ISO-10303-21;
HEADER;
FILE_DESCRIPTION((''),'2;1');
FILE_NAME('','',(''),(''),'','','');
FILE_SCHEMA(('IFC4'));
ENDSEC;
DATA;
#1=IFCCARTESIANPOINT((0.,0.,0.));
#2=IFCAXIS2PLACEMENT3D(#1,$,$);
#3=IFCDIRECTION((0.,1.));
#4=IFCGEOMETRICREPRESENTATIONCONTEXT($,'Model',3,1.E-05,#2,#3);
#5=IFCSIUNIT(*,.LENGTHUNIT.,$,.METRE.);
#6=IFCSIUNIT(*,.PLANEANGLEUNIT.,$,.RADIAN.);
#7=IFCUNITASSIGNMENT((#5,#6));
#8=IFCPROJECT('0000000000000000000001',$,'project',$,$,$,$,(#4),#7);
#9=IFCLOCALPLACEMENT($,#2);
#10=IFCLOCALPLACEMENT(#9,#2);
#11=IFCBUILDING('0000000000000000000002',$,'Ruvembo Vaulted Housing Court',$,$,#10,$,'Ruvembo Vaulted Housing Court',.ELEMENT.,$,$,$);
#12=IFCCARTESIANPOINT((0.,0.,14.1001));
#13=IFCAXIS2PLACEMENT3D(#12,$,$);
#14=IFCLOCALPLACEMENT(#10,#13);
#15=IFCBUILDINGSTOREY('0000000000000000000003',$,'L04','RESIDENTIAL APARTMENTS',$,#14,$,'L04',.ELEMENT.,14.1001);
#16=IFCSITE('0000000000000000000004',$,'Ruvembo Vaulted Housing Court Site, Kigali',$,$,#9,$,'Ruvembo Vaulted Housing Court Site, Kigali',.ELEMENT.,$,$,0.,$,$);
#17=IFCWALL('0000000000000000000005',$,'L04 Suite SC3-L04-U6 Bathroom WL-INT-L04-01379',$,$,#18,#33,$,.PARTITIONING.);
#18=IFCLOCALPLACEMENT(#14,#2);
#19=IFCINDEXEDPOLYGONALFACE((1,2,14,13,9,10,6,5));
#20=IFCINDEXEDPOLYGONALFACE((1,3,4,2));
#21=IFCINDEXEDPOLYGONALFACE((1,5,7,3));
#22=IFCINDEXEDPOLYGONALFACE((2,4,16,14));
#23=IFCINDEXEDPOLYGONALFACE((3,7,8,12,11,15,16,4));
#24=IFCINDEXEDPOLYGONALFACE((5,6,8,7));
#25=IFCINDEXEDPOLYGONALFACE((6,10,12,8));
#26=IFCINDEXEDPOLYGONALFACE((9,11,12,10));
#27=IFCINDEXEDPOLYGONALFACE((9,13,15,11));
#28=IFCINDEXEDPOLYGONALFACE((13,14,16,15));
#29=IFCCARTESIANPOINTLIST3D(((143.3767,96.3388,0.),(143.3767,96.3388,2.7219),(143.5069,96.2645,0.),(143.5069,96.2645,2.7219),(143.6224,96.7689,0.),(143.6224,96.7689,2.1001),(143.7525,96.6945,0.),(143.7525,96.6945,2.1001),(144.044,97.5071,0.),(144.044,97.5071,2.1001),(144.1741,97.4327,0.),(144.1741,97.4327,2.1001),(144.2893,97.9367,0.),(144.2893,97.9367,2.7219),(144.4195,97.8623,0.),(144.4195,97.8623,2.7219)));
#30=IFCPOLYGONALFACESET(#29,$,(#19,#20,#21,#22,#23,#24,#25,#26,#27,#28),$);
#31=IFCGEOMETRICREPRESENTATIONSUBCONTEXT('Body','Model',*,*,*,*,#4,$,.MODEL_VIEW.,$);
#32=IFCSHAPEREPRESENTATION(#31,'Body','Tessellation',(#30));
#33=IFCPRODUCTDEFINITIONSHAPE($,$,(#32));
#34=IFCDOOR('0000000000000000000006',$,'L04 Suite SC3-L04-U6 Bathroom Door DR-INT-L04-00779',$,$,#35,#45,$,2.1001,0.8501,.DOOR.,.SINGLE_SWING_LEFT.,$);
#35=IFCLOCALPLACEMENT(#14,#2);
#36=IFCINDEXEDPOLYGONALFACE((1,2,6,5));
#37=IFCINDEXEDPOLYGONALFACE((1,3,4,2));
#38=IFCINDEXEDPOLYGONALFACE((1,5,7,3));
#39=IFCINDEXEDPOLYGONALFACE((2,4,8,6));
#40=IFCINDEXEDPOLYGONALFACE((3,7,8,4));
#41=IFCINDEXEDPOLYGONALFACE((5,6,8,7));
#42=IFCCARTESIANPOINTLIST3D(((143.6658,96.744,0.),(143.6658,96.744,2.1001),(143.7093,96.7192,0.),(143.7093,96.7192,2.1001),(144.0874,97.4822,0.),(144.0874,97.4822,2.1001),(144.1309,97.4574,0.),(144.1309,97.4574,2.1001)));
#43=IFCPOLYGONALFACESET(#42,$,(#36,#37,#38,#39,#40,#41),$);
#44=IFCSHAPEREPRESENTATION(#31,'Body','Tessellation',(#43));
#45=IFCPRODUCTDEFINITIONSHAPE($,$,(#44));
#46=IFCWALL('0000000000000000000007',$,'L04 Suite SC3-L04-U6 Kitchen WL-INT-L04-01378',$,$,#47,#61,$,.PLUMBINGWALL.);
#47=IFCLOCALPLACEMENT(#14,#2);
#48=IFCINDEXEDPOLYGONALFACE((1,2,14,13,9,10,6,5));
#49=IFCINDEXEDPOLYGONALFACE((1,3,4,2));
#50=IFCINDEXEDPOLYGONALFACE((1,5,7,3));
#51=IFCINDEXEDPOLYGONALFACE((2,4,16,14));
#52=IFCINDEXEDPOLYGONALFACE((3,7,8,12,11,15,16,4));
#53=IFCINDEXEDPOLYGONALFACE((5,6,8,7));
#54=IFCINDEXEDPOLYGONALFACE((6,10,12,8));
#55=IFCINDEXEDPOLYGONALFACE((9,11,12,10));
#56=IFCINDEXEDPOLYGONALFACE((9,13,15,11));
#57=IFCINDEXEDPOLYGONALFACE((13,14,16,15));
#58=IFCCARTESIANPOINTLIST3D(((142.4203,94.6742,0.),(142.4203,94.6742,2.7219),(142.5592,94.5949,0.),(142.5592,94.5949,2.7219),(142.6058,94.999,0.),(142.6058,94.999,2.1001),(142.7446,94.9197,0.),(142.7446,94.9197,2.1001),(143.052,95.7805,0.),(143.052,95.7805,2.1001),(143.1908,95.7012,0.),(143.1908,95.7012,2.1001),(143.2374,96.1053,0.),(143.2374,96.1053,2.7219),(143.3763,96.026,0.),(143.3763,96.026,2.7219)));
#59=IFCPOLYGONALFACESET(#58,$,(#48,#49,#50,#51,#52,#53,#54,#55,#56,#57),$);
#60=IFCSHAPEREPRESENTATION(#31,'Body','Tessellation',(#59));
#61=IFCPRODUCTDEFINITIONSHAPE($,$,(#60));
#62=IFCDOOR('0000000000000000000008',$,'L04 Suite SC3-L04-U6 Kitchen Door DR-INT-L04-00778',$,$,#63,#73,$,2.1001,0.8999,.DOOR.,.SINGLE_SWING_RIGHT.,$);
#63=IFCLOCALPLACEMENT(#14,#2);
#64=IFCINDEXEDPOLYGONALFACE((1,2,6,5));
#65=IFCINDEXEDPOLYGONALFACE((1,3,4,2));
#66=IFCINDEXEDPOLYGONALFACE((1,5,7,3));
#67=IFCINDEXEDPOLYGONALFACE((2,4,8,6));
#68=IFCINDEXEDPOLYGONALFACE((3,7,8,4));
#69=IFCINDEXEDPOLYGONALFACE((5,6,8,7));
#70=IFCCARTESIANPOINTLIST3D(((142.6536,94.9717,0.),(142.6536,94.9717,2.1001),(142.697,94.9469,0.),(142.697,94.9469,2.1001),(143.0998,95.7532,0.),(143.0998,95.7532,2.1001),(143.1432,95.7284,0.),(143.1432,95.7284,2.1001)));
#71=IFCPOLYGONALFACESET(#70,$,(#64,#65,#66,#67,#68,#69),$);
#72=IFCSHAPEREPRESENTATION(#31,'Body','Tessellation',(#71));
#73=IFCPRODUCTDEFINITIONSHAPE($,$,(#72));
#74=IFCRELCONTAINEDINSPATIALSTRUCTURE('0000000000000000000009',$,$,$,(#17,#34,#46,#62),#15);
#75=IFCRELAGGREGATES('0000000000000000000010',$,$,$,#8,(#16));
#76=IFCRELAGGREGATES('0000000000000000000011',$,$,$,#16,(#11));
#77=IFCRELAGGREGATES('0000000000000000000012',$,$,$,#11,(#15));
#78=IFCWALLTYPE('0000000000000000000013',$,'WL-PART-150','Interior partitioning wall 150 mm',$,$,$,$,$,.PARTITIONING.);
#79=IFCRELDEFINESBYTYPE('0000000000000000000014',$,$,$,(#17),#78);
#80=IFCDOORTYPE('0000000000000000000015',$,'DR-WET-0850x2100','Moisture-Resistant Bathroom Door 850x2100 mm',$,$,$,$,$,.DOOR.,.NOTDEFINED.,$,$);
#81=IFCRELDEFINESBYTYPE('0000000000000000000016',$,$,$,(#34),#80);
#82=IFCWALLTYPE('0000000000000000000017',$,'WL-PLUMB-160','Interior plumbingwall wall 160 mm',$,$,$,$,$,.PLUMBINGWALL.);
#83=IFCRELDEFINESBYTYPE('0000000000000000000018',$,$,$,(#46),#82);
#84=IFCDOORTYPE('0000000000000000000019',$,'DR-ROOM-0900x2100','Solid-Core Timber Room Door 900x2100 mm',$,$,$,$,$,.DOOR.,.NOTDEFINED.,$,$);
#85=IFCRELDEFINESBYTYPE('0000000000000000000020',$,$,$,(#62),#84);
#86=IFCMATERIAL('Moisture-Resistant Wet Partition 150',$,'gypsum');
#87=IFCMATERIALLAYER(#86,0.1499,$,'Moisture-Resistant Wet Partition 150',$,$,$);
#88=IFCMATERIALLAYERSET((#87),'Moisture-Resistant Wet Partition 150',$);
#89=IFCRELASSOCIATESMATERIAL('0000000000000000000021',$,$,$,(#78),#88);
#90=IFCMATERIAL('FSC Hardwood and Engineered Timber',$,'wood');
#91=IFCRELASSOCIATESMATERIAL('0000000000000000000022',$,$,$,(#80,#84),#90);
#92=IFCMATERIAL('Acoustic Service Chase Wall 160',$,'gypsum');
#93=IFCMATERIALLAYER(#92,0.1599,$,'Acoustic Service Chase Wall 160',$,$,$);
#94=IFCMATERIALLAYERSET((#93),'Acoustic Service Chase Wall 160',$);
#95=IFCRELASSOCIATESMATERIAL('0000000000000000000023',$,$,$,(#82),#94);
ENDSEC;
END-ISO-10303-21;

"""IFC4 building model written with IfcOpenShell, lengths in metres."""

from ifc_helpers import new_model, si_unit, direction, frame, frame_2d, origin, place, context, subcontext, project, spatial, rectangle, extrude, material, layer, layer_set, type_object, element, fill, save


model = new_model("IFC4")

# Units and contexts
model_context = context("Model", 3, precision=1e-05, world=origin(), true_north=direction((0.0, 1.0)))
body_context = subcontext(model_context, "Body", "Model", "MODEL_VIEW")
ifc_project = project(units=[si_unit("LENGTHUNIT", "METRE"), si_unit("PLANEANGLEUNIT", "RADIAN")], contexts=[model_context])

# Site, building, storey
site_placement = place(None, origin())
site = spatial("IfcSite", under=ifc_project, at=site_placement, Name="Ruvembo Vaulted Housing Court Site, Kigali", LongName="Ruvembo Vaulted Housing Court Site, Kigali", CompositionType="ELEMENT", RefElevation=0.0)
building_placement = place(site_placement, origin())
building = spatial("IfcBuilding", under=site, at=building_placement, Name="Ruvembo Vaulted Housing Court", LongName="Ruvembo Vaulted Housing Court", CompositionType="ELEMENT")
storey_placement = place(building_placement, frame((0.0, 0.0, 14.1001)))
storey = spatial("IfcBuildingStorey", under=building, at=storey_placement, Name="L04", Description="RESIDENTIAL APARTMENTS", LongName="L04", CompositionType="ELEMENT", Elevation=14.1001)

# Shared definitions
ifc_material_1 = material(Name="FSC Hardwood and Engineered Timber", Category="wood")

# Walls, openings, doors
ifc_material_2 = material(Name="Moisture-Resistant Wet Partition 150", Category="gypsum")
ifc_layer_1 = layer(ifc_material_2, 0.1499, Name="Moisture-Resistant Wet Partition 150")
ifc_layer_set_1 = layer_set([ifc_layer_1], Name="Moisture-Resistant Wet Partition 150")
wall_type_1 = type_object("IfcWallType", Name="WL-PART-150", Description="Interior partitioning wall 150 mm", PredefinedType="PARTITIONING", material=ifc_layer_set_1)
wall_1_placement = place(storey_placement, frame((143.4419, 96.3018, 0.0), z_axis=(0.0, 0.0, 1.0), x_axis=(0.495939, 0.868357, 0.0)))
wall_1 = element("IfcWall", 1, at=wall_1_placement, inside=storey, type_object=wall_type_1, Name="L04 Suite SC3-L04-U6 Bathroom WL-INT-L04-01379", PredefinedType="PARTITIONING", context=body_context, shape_type="SweptSolid", body=[
    extrude(rectangle(XDim=1.8401, YDim=0.1499, at=frame_2d((0.9199, 0.0))), origin(), (0.0, 0.0, 1.0), 2.7219),
])
opening_1_placement = place(wall_1_placement, frame((0.4951, 0.0, 0.0)))
opening_1 = element("IfcOpeningElement", 2, at=opening_1_placement, cuts=wall_1, PredefinedType="OPENING", context=body_context, shape_type="SweptSolid", body=[
    extrude(rectangle(XDim=0.8501, YDim=2.1001, at=frame_2d((0.425, 1.05))), frame((0.0, 0.085, 0.0), z_axis=(0.0, -1.0, 0.0), x_axis=(1.0, 0.0, 0.0)), (0.0, 0.0, 1.0), 0.1699),
])
door_type_1 = type_object("IfcDoorType", Name="DR-WET-0850x2100", Description="Moisture-Resistant Bathroom Door 850x2100 mm", OperationType="NOTDEFINED", PredefinedType="DOOR", material=ifc_material_1)
door_1_placement = place(opening_1_placement, origin())
door_1 = element("IfcDoor", 3, at=door_1_placement, inside=storey, type_object=door_type_1, Name="L04 Suite SC3-L04-U6 Bathroom Door DR-INT-L04-00779", OperationType="SINGLE_SWING_LEFT", OverallHeight=2.1001, OverallWidth=0.8501, PredefinedType="DOOR", context=body_context, shape_type="SweptSolid", body=[
    extrude(rectangle(XDim=0.8501, YDim=2.1001, at=frame_2d((0.425, 1.05))), frame((0.0, 0.0249, 0.0), z_axis=(0.0, -1.0, 0.0), x_axis=(1.0, 0.0, 0.0)), (0.0, 0.0, 1.0), 0.05),
])
fill(opening_1, door_1)
ifc_material_3 = material(Name="Acoustic Service Chase Wall 160", Category="gypsum")
ifc_layer_2 = layer(ifc_material_3, 0.1599, Name="Acoustic Service Chase Wall 160")
ifc_layer_set_2 = layer_set([ifc_layer_2], Name="Acoustic Service Chase Wall 160")
wall_type_2 = type_object("IfcWallType", Name="WL-PLUMB-160", Description="Interior plumbingwall wall 160 mm", PredefinedType="PLUMBINGWALL", material=ifc_layer_set_2)
wall_2_placement = place(storey_placement, frame((142.4897, 94.6345, 0.0), z_axis=(0.0, 0.0, 1.0), x_axis=(0.495836, 0.868416, 0.0)))
wall_2 = element("IfcWall", 4, at=wall_2_placement, inside=storey, type_object=wall_type_2, Name="L04 Suite SC3-L04-U6 Kitchen WL-INT-L04-01378", PredefinedType="PLUMBINGWALL", context=body_context, shape_type="SweptSolid", body=[
    extrude(rectangle(XDim=1.6479, YDim=0.1599, at=frame_2d((0.824, 0.0))), origin(), (0.0, 0.0, 1.0), 2.7219),
])
opening_2_placement = place(wall_2_placement, frame((0.374, 0.0, 0.0)))
opening_2 = element("IfcOpeningElement", 5, at=opening_2_placement, cuts=wall_2, PredefinedType="OPENING", context=body_context, shape_type="SweptSolid", body=[
    extrude(rectangle(XDim=0.8999, YDim=2.1001, at=frame_2d((0.45, 1.05))), frame((0.0, 0.0898, 0.0), z_axis=(0.0, -1.0, 0.0), x_axis=(1.0, 0.0, 0.0)), (0.0, 0.0, 1.0), 0.1799),
])
door_type_2 = type_object("IfcDoorType", Name="DR-ROOM-0900x2100", Description="Solid-Core Timber Room Door 900x2100 mm", OperationType="NOTDEFINED", PredefinedType="DOOR", material=ifc_material_1)
door_2_placement = place(opening_2_placement, origin())
door_2 = element("IfcDoor", 6, at=door_2_placement, inside=storey, type_object=door_type_2, Name="L04 Suite SC3-L04-U6 Kitchen Door DR-INT-L04-00778", OperationType="SINGLE_SWING_RIGHT", OverallHeight=2.1001, OverallWidth=0.8999, PredefinedType="DOOR", context=body_context, shape_type="SweptSolid", body=[
    extrude(rectangle(XDim=0.8999, YDim=2.1001, at=frame_2d((0.45, 1.05))), frame((0.0, 0.0249, 0.0), z_axis=(0.0, -1.0, 0.0), x_axis=(1.0, 0.0, 0.0)), (0.0, 0.0, 1.0), 0.05),
])
fill(opening_2, door_2)

save(model, "model.ifc")
